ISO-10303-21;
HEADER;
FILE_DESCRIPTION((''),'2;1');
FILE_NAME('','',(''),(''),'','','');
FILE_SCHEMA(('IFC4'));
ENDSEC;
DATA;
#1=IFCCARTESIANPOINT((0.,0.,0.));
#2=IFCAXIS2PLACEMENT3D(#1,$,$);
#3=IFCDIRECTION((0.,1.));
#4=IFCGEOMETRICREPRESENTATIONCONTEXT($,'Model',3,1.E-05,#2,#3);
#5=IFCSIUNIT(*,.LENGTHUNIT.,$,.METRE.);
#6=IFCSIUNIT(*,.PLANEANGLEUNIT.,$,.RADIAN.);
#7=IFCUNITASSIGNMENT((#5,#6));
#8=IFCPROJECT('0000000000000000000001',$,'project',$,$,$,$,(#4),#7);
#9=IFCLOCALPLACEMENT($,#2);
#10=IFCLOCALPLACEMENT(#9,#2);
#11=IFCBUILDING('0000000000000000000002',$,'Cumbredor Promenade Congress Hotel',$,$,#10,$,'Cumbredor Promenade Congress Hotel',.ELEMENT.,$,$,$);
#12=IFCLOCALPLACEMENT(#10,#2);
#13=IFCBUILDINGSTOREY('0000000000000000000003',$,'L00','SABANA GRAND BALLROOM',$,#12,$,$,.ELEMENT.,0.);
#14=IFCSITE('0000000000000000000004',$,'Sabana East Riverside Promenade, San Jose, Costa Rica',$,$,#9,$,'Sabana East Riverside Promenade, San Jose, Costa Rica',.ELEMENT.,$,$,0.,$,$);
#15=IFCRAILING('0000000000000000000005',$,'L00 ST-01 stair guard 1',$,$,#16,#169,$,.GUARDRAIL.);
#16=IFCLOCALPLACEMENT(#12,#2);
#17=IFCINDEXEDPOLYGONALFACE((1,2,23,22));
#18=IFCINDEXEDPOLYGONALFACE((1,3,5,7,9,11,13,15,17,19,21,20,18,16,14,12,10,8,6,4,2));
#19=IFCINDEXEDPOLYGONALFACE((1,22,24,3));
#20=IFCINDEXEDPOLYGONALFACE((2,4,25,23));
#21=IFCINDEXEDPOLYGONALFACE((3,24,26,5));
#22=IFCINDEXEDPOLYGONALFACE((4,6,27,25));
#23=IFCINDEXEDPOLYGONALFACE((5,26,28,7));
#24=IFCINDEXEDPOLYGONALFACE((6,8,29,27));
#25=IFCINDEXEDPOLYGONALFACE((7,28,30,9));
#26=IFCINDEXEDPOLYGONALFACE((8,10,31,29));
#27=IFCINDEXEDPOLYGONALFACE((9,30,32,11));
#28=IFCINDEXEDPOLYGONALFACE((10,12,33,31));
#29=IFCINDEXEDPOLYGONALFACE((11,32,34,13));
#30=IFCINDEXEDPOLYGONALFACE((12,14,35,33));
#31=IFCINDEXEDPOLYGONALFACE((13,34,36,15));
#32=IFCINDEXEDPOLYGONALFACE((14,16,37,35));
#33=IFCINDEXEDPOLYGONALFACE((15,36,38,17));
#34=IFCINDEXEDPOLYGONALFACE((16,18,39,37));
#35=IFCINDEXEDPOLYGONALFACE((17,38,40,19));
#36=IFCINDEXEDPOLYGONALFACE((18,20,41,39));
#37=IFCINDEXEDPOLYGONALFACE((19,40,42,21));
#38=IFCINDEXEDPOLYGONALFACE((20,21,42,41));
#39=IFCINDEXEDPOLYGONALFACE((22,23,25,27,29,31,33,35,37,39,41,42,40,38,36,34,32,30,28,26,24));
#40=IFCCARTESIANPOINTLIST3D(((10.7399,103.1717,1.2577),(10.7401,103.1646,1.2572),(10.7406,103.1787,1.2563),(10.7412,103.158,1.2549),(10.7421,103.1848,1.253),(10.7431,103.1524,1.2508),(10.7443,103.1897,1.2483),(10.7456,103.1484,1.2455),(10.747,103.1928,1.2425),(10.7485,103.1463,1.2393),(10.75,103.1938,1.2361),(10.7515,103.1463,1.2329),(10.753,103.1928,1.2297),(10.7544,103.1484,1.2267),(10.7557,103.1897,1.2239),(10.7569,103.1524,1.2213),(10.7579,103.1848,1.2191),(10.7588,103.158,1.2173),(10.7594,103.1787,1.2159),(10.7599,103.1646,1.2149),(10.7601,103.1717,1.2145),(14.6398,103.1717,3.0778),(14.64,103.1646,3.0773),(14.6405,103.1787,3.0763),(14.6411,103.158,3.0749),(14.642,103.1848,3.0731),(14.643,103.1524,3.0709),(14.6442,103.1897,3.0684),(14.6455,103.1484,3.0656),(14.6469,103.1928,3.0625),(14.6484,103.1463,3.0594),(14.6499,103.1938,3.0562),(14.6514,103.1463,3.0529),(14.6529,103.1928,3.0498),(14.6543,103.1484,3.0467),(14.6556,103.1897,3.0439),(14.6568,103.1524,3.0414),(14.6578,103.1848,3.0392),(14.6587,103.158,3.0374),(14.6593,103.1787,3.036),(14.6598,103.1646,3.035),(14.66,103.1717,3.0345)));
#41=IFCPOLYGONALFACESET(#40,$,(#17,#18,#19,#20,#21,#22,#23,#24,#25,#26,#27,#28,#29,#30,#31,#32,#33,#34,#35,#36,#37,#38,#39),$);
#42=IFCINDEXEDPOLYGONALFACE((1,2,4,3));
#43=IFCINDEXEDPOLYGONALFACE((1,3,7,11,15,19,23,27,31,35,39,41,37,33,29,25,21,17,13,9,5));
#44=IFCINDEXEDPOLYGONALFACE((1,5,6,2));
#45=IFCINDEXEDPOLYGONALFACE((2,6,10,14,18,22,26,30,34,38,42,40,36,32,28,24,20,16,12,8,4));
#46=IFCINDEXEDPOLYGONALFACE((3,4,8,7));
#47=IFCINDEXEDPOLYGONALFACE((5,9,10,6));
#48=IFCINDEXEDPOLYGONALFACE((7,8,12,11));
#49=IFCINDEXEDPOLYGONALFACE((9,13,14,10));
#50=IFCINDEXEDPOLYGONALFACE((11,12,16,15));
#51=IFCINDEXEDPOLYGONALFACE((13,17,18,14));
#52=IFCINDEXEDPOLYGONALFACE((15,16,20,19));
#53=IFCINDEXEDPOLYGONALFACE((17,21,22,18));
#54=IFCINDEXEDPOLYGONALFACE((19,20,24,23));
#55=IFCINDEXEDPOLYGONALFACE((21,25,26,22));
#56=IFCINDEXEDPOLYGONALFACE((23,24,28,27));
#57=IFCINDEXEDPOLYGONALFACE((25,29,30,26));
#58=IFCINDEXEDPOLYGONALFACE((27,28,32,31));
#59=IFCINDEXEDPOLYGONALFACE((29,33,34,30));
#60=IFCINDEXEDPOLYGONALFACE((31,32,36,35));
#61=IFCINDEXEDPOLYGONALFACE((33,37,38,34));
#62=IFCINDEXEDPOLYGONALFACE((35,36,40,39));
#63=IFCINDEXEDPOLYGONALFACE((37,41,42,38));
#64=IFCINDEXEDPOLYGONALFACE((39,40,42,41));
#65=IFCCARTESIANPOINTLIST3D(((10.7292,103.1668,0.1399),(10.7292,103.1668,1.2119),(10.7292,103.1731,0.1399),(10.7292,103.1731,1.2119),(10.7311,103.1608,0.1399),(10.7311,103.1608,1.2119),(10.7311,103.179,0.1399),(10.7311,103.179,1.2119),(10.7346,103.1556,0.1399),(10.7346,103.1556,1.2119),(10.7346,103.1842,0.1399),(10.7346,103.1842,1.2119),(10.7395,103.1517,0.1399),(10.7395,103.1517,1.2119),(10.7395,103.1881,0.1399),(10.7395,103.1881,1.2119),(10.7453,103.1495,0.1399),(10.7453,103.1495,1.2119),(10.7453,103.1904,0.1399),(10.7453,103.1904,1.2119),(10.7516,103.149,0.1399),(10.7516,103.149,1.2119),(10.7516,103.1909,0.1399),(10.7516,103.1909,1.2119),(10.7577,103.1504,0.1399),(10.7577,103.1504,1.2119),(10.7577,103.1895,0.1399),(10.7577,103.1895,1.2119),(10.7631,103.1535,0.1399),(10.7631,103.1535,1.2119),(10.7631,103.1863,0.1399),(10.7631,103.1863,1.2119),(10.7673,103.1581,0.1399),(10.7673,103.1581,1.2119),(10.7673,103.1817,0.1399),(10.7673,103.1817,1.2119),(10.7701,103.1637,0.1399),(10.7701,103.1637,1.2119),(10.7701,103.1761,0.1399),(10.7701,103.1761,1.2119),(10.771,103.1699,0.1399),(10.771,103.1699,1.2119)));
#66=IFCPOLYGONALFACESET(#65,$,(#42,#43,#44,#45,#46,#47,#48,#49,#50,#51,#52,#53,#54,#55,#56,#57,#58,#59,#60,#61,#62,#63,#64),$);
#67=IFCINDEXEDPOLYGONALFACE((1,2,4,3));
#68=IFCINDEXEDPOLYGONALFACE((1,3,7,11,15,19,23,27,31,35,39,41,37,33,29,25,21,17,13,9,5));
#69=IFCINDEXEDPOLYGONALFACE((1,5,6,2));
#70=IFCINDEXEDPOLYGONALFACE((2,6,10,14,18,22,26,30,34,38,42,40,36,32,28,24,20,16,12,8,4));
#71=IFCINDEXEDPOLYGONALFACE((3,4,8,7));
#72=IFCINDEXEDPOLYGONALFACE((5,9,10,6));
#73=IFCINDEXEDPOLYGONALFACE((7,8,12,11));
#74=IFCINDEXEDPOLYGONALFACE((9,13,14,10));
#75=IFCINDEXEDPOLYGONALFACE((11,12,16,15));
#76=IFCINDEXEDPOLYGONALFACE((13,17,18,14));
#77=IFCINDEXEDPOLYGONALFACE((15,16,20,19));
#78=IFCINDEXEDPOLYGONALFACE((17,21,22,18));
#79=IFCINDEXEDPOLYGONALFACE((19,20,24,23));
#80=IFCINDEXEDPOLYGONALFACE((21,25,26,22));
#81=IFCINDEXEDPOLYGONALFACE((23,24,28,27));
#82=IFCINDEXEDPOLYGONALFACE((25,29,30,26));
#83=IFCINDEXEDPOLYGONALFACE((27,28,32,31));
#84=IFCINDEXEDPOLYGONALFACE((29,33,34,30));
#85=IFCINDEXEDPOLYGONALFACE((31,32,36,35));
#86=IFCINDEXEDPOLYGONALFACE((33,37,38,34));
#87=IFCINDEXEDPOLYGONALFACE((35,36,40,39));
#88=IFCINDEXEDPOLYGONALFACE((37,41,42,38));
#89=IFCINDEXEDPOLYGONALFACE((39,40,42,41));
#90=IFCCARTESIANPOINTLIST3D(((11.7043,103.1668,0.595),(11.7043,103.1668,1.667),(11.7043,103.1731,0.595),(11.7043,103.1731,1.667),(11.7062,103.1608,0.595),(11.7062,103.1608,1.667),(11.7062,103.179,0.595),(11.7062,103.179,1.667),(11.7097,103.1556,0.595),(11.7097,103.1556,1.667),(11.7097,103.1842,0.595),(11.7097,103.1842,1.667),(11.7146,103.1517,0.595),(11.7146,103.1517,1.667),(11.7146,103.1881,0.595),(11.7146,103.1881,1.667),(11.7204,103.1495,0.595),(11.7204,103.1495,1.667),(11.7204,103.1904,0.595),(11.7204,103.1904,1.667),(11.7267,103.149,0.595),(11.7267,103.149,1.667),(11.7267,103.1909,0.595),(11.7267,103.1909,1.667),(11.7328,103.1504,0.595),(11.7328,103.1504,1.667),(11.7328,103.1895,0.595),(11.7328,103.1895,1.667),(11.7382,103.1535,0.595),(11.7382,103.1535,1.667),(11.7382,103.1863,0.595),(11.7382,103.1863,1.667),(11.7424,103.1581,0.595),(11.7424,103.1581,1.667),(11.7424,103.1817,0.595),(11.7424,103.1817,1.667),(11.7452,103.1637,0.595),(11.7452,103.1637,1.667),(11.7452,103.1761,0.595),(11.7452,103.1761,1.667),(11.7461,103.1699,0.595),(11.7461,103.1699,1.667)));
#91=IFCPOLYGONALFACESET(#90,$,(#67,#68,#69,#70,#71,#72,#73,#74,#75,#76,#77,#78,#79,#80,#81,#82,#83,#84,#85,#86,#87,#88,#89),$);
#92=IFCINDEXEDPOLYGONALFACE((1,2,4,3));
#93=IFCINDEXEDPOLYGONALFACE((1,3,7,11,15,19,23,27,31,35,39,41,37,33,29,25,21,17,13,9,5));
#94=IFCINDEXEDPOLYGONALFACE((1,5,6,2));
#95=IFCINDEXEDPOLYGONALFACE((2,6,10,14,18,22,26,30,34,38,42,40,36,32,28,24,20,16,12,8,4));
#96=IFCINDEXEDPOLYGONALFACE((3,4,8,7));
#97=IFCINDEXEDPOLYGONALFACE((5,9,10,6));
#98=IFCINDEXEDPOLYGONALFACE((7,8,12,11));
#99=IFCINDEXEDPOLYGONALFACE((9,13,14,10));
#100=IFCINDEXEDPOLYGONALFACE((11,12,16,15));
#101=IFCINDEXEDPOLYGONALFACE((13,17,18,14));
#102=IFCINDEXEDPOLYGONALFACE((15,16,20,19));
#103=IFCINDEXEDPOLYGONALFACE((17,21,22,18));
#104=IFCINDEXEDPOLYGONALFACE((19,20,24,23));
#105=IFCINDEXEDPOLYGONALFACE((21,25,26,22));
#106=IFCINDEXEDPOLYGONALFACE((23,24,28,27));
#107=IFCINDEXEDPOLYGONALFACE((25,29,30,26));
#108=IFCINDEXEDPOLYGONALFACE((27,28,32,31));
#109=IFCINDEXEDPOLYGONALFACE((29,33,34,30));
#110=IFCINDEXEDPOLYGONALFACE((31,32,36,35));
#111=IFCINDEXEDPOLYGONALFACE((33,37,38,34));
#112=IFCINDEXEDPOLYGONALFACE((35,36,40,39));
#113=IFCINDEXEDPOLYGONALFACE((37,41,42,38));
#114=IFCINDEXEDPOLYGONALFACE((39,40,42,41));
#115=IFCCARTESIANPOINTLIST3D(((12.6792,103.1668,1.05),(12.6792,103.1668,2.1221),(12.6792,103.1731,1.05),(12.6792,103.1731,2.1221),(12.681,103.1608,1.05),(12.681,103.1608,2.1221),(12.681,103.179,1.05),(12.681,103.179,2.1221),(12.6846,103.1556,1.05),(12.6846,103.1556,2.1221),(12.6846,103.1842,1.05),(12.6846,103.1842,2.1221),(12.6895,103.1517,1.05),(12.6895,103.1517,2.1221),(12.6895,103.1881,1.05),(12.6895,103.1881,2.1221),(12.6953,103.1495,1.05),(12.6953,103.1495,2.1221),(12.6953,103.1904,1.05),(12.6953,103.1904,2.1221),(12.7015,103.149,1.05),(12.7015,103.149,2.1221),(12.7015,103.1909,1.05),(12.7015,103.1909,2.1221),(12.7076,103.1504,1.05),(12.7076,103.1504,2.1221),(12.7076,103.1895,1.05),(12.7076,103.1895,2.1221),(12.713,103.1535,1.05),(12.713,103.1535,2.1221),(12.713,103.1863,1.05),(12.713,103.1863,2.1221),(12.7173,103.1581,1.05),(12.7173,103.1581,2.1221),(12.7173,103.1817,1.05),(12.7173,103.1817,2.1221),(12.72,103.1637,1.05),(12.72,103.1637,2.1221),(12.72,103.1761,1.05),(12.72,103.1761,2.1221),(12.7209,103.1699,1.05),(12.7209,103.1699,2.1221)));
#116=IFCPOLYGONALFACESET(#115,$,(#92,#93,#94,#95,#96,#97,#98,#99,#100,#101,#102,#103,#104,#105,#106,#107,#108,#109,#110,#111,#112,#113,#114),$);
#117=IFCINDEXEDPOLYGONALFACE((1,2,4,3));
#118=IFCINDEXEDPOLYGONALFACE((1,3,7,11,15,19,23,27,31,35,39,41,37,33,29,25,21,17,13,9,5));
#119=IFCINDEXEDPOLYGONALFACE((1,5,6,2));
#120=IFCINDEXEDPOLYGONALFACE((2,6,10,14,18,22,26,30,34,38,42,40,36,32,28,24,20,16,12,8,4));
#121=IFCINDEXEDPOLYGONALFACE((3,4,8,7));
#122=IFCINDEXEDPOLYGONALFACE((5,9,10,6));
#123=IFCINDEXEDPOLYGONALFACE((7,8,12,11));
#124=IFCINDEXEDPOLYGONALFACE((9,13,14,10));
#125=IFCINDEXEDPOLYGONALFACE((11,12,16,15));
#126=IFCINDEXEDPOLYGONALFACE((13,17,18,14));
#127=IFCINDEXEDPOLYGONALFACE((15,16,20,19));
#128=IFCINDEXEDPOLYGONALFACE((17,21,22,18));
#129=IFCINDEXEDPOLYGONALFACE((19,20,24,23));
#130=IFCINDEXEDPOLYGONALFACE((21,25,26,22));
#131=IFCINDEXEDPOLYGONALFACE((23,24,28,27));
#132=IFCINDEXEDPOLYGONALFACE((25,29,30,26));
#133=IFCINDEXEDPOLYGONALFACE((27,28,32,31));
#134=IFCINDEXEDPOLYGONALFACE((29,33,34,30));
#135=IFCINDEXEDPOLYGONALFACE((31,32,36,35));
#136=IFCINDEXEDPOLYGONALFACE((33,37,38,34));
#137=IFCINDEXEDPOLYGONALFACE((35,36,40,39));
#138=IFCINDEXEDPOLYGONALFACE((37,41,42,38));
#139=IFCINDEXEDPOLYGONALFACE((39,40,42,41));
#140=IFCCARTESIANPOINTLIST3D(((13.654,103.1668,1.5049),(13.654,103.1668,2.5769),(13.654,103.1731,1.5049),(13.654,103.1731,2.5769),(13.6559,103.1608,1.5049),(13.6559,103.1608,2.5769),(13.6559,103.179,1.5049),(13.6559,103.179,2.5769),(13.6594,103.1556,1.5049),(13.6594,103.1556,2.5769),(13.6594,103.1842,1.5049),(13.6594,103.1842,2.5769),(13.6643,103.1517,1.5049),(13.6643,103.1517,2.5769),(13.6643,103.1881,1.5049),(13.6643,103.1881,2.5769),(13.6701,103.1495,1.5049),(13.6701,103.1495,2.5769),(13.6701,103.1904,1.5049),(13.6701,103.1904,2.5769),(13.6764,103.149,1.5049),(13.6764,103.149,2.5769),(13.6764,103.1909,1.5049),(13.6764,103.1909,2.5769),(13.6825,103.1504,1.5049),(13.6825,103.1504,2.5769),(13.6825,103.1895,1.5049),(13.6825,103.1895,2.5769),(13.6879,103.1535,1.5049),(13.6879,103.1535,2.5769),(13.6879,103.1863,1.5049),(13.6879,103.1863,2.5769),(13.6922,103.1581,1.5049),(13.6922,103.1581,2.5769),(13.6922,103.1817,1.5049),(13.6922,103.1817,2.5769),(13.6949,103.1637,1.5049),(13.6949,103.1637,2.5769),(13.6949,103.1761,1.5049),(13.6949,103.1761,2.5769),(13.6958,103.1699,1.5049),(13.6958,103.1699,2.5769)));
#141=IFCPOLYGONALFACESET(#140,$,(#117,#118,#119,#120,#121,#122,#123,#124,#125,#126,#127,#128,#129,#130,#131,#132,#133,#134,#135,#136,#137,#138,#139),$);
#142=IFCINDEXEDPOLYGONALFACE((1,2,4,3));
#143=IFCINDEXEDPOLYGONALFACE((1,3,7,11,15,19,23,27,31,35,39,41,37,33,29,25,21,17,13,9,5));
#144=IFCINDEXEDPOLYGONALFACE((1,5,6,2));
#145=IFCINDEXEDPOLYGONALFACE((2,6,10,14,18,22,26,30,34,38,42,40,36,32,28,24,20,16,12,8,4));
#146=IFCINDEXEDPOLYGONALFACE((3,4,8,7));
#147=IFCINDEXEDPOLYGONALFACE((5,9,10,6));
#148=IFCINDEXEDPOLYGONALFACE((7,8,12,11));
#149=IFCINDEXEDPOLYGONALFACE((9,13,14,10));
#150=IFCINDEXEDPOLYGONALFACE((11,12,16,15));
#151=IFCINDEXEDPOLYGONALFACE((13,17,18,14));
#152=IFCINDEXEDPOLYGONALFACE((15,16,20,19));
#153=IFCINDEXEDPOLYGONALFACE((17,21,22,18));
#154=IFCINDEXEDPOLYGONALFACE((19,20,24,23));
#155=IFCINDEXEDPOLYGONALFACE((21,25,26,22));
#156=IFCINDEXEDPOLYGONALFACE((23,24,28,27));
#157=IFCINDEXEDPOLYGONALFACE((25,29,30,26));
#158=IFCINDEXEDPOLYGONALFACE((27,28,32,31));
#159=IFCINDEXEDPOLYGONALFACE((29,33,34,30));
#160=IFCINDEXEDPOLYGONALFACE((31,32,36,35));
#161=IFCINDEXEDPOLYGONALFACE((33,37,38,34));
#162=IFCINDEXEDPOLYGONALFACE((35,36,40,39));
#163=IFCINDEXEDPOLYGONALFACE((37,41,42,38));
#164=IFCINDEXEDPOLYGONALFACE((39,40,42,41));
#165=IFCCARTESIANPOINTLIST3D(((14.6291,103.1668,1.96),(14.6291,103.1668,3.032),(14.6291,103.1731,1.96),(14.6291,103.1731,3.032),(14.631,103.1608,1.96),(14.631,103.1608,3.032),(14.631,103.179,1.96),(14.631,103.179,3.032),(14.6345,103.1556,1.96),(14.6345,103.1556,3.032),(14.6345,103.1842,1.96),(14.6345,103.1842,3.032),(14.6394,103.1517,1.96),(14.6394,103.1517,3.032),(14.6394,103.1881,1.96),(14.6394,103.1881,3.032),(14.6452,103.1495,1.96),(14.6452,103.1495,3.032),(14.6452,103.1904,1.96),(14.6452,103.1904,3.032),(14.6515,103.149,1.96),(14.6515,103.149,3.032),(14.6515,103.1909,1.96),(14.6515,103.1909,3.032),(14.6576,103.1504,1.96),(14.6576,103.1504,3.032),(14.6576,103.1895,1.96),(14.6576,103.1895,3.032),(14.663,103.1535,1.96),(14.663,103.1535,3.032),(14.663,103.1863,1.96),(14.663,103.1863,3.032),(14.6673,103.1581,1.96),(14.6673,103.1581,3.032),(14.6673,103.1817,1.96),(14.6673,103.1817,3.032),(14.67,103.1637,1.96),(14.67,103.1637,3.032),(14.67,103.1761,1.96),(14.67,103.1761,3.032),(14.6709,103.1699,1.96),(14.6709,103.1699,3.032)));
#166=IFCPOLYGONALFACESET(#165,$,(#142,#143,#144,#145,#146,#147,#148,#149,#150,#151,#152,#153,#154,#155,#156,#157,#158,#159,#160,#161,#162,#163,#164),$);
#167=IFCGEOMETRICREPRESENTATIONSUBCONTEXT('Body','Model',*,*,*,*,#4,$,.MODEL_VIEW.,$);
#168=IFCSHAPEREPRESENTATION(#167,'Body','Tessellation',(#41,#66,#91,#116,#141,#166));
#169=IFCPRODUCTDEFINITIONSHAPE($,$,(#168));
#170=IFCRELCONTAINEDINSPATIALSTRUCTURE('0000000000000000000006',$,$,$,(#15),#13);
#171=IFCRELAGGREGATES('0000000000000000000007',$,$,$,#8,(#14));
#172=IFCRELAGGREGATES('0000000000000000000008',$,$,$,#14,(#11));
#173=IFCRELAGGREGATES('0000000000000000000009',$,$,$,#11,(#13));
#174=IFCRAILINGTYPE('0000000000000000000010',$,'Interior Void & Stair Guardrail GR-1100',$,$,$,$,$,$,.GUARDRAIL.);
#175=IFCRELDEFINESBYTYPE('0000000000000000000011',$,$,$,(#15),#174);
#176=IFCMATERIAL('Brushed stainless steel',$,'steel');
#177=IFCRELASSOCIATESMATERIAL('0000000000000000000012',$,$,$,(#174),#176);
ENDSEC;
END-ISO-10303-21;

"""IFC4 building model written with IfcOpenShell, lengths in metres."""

from ifc_helpers import new_model, si_unit, direction, frame, origin, origin_2d, place, context, subcontext, project, spatial, circle, extrude, material, type_object, element, save


model = new_model("IFC4")

# Units and contexts
model_context = context("Model", 3, precision=1e-05, world=origin(), true_north=direction((0.0, 1.0)))
body_context = subcontext(model_context, "Body", "Model", "MODEL_VIEW")
ifc_project = project(units=[si_unit("LENGTHUNIT", "METRE"), si_unit("PLANEANGLEUNIT", "RADIAN")], contexts=[model_context])

# Site, building, storey
site_placement = place(None, origin())
site = spatial("IfcSite", under=ifc_project, at=site_placement, Name="Sabana East Riverside Promenade, San Jose, Costa Rica", LongName="Sabana East Riverside Promenade, San Jose, Costa Rica", CompositionType="ELEMENT", RefElevation=0.0)
building_placement = place(site_placement, origin())
building = spatial("IfcBuilding", under=site, at=building_placement, Name="Cumbredor Promenade Congress Hotel", LongName="Cumbredor Promenade Congress Hotel", CompositionType="ELEMENT")
storey_placement = place(building_placement, origin())
storey = spatial("IfcBuildingStorey", under=building, at=storey_placement, Name="L00", Description="SABANA GRAND BALLROOM", CompositionType="ELEMENT", Elevation=0.0)

# Railing
ifc_material_1 = material(Name="Brushed stainless steel", Category="steel")
railing_type_1 = type_object("IfcRailingType", Name="Interior Void & Stair Guardrail GR-1100", PredefinedType="GUARDRAIL", material=ifc_material_1)
railing_1_placement = place(storey_placement, frame((10.75, 103.1699, 0.1399)))
element("IfcRailing", 1, at=railing_1_placement, inside=storey, type_object=railing_type_1, Name="L00 ST-01 stair guard 1", PredefinedType="GUARDRAIL", context=body_context, shape_type="SweptSolid", body=[
    extrude(circle(Radius=0.0239, at=origin_2d()), frame((0.0, 0.0, 1.0962), z_axis=(0.906173, 0.0, 0.422907), x_axis=(0.0, 1.0, 0.0)), (0.0, 0.0, 1.0), 4.3037),
    extrude(circle(Radius=0.021, at=origin_2d()), origin(), (0.0, 0.0, 1.0), 1.072),
    extrude(circle(Radius=0.021, at=origin_2d()), frame((0.9751, 0.0, 0.4551)), (0.0, 0.0, 1.0), 1.072),
    extrude(circle(Radius=0.021, at=origin_2d()), frame((1.95, 0.0, 0.9102)), (0.0, 0.0, 1.0), 1.072),
    extrude(circle(Radius=0.021, at=origin_2d()), frame((2.9248, 0.0, 1.365)), (0.0, 0.0, 1.0), 1.072),
    extrude(circle(Radius=0.021, at=origin_2d()), frame((3.8999, 0.0, 1.8201)), (0.0, 0.0, 1.0), 1.072),
])

save(model, "model.ifc")
